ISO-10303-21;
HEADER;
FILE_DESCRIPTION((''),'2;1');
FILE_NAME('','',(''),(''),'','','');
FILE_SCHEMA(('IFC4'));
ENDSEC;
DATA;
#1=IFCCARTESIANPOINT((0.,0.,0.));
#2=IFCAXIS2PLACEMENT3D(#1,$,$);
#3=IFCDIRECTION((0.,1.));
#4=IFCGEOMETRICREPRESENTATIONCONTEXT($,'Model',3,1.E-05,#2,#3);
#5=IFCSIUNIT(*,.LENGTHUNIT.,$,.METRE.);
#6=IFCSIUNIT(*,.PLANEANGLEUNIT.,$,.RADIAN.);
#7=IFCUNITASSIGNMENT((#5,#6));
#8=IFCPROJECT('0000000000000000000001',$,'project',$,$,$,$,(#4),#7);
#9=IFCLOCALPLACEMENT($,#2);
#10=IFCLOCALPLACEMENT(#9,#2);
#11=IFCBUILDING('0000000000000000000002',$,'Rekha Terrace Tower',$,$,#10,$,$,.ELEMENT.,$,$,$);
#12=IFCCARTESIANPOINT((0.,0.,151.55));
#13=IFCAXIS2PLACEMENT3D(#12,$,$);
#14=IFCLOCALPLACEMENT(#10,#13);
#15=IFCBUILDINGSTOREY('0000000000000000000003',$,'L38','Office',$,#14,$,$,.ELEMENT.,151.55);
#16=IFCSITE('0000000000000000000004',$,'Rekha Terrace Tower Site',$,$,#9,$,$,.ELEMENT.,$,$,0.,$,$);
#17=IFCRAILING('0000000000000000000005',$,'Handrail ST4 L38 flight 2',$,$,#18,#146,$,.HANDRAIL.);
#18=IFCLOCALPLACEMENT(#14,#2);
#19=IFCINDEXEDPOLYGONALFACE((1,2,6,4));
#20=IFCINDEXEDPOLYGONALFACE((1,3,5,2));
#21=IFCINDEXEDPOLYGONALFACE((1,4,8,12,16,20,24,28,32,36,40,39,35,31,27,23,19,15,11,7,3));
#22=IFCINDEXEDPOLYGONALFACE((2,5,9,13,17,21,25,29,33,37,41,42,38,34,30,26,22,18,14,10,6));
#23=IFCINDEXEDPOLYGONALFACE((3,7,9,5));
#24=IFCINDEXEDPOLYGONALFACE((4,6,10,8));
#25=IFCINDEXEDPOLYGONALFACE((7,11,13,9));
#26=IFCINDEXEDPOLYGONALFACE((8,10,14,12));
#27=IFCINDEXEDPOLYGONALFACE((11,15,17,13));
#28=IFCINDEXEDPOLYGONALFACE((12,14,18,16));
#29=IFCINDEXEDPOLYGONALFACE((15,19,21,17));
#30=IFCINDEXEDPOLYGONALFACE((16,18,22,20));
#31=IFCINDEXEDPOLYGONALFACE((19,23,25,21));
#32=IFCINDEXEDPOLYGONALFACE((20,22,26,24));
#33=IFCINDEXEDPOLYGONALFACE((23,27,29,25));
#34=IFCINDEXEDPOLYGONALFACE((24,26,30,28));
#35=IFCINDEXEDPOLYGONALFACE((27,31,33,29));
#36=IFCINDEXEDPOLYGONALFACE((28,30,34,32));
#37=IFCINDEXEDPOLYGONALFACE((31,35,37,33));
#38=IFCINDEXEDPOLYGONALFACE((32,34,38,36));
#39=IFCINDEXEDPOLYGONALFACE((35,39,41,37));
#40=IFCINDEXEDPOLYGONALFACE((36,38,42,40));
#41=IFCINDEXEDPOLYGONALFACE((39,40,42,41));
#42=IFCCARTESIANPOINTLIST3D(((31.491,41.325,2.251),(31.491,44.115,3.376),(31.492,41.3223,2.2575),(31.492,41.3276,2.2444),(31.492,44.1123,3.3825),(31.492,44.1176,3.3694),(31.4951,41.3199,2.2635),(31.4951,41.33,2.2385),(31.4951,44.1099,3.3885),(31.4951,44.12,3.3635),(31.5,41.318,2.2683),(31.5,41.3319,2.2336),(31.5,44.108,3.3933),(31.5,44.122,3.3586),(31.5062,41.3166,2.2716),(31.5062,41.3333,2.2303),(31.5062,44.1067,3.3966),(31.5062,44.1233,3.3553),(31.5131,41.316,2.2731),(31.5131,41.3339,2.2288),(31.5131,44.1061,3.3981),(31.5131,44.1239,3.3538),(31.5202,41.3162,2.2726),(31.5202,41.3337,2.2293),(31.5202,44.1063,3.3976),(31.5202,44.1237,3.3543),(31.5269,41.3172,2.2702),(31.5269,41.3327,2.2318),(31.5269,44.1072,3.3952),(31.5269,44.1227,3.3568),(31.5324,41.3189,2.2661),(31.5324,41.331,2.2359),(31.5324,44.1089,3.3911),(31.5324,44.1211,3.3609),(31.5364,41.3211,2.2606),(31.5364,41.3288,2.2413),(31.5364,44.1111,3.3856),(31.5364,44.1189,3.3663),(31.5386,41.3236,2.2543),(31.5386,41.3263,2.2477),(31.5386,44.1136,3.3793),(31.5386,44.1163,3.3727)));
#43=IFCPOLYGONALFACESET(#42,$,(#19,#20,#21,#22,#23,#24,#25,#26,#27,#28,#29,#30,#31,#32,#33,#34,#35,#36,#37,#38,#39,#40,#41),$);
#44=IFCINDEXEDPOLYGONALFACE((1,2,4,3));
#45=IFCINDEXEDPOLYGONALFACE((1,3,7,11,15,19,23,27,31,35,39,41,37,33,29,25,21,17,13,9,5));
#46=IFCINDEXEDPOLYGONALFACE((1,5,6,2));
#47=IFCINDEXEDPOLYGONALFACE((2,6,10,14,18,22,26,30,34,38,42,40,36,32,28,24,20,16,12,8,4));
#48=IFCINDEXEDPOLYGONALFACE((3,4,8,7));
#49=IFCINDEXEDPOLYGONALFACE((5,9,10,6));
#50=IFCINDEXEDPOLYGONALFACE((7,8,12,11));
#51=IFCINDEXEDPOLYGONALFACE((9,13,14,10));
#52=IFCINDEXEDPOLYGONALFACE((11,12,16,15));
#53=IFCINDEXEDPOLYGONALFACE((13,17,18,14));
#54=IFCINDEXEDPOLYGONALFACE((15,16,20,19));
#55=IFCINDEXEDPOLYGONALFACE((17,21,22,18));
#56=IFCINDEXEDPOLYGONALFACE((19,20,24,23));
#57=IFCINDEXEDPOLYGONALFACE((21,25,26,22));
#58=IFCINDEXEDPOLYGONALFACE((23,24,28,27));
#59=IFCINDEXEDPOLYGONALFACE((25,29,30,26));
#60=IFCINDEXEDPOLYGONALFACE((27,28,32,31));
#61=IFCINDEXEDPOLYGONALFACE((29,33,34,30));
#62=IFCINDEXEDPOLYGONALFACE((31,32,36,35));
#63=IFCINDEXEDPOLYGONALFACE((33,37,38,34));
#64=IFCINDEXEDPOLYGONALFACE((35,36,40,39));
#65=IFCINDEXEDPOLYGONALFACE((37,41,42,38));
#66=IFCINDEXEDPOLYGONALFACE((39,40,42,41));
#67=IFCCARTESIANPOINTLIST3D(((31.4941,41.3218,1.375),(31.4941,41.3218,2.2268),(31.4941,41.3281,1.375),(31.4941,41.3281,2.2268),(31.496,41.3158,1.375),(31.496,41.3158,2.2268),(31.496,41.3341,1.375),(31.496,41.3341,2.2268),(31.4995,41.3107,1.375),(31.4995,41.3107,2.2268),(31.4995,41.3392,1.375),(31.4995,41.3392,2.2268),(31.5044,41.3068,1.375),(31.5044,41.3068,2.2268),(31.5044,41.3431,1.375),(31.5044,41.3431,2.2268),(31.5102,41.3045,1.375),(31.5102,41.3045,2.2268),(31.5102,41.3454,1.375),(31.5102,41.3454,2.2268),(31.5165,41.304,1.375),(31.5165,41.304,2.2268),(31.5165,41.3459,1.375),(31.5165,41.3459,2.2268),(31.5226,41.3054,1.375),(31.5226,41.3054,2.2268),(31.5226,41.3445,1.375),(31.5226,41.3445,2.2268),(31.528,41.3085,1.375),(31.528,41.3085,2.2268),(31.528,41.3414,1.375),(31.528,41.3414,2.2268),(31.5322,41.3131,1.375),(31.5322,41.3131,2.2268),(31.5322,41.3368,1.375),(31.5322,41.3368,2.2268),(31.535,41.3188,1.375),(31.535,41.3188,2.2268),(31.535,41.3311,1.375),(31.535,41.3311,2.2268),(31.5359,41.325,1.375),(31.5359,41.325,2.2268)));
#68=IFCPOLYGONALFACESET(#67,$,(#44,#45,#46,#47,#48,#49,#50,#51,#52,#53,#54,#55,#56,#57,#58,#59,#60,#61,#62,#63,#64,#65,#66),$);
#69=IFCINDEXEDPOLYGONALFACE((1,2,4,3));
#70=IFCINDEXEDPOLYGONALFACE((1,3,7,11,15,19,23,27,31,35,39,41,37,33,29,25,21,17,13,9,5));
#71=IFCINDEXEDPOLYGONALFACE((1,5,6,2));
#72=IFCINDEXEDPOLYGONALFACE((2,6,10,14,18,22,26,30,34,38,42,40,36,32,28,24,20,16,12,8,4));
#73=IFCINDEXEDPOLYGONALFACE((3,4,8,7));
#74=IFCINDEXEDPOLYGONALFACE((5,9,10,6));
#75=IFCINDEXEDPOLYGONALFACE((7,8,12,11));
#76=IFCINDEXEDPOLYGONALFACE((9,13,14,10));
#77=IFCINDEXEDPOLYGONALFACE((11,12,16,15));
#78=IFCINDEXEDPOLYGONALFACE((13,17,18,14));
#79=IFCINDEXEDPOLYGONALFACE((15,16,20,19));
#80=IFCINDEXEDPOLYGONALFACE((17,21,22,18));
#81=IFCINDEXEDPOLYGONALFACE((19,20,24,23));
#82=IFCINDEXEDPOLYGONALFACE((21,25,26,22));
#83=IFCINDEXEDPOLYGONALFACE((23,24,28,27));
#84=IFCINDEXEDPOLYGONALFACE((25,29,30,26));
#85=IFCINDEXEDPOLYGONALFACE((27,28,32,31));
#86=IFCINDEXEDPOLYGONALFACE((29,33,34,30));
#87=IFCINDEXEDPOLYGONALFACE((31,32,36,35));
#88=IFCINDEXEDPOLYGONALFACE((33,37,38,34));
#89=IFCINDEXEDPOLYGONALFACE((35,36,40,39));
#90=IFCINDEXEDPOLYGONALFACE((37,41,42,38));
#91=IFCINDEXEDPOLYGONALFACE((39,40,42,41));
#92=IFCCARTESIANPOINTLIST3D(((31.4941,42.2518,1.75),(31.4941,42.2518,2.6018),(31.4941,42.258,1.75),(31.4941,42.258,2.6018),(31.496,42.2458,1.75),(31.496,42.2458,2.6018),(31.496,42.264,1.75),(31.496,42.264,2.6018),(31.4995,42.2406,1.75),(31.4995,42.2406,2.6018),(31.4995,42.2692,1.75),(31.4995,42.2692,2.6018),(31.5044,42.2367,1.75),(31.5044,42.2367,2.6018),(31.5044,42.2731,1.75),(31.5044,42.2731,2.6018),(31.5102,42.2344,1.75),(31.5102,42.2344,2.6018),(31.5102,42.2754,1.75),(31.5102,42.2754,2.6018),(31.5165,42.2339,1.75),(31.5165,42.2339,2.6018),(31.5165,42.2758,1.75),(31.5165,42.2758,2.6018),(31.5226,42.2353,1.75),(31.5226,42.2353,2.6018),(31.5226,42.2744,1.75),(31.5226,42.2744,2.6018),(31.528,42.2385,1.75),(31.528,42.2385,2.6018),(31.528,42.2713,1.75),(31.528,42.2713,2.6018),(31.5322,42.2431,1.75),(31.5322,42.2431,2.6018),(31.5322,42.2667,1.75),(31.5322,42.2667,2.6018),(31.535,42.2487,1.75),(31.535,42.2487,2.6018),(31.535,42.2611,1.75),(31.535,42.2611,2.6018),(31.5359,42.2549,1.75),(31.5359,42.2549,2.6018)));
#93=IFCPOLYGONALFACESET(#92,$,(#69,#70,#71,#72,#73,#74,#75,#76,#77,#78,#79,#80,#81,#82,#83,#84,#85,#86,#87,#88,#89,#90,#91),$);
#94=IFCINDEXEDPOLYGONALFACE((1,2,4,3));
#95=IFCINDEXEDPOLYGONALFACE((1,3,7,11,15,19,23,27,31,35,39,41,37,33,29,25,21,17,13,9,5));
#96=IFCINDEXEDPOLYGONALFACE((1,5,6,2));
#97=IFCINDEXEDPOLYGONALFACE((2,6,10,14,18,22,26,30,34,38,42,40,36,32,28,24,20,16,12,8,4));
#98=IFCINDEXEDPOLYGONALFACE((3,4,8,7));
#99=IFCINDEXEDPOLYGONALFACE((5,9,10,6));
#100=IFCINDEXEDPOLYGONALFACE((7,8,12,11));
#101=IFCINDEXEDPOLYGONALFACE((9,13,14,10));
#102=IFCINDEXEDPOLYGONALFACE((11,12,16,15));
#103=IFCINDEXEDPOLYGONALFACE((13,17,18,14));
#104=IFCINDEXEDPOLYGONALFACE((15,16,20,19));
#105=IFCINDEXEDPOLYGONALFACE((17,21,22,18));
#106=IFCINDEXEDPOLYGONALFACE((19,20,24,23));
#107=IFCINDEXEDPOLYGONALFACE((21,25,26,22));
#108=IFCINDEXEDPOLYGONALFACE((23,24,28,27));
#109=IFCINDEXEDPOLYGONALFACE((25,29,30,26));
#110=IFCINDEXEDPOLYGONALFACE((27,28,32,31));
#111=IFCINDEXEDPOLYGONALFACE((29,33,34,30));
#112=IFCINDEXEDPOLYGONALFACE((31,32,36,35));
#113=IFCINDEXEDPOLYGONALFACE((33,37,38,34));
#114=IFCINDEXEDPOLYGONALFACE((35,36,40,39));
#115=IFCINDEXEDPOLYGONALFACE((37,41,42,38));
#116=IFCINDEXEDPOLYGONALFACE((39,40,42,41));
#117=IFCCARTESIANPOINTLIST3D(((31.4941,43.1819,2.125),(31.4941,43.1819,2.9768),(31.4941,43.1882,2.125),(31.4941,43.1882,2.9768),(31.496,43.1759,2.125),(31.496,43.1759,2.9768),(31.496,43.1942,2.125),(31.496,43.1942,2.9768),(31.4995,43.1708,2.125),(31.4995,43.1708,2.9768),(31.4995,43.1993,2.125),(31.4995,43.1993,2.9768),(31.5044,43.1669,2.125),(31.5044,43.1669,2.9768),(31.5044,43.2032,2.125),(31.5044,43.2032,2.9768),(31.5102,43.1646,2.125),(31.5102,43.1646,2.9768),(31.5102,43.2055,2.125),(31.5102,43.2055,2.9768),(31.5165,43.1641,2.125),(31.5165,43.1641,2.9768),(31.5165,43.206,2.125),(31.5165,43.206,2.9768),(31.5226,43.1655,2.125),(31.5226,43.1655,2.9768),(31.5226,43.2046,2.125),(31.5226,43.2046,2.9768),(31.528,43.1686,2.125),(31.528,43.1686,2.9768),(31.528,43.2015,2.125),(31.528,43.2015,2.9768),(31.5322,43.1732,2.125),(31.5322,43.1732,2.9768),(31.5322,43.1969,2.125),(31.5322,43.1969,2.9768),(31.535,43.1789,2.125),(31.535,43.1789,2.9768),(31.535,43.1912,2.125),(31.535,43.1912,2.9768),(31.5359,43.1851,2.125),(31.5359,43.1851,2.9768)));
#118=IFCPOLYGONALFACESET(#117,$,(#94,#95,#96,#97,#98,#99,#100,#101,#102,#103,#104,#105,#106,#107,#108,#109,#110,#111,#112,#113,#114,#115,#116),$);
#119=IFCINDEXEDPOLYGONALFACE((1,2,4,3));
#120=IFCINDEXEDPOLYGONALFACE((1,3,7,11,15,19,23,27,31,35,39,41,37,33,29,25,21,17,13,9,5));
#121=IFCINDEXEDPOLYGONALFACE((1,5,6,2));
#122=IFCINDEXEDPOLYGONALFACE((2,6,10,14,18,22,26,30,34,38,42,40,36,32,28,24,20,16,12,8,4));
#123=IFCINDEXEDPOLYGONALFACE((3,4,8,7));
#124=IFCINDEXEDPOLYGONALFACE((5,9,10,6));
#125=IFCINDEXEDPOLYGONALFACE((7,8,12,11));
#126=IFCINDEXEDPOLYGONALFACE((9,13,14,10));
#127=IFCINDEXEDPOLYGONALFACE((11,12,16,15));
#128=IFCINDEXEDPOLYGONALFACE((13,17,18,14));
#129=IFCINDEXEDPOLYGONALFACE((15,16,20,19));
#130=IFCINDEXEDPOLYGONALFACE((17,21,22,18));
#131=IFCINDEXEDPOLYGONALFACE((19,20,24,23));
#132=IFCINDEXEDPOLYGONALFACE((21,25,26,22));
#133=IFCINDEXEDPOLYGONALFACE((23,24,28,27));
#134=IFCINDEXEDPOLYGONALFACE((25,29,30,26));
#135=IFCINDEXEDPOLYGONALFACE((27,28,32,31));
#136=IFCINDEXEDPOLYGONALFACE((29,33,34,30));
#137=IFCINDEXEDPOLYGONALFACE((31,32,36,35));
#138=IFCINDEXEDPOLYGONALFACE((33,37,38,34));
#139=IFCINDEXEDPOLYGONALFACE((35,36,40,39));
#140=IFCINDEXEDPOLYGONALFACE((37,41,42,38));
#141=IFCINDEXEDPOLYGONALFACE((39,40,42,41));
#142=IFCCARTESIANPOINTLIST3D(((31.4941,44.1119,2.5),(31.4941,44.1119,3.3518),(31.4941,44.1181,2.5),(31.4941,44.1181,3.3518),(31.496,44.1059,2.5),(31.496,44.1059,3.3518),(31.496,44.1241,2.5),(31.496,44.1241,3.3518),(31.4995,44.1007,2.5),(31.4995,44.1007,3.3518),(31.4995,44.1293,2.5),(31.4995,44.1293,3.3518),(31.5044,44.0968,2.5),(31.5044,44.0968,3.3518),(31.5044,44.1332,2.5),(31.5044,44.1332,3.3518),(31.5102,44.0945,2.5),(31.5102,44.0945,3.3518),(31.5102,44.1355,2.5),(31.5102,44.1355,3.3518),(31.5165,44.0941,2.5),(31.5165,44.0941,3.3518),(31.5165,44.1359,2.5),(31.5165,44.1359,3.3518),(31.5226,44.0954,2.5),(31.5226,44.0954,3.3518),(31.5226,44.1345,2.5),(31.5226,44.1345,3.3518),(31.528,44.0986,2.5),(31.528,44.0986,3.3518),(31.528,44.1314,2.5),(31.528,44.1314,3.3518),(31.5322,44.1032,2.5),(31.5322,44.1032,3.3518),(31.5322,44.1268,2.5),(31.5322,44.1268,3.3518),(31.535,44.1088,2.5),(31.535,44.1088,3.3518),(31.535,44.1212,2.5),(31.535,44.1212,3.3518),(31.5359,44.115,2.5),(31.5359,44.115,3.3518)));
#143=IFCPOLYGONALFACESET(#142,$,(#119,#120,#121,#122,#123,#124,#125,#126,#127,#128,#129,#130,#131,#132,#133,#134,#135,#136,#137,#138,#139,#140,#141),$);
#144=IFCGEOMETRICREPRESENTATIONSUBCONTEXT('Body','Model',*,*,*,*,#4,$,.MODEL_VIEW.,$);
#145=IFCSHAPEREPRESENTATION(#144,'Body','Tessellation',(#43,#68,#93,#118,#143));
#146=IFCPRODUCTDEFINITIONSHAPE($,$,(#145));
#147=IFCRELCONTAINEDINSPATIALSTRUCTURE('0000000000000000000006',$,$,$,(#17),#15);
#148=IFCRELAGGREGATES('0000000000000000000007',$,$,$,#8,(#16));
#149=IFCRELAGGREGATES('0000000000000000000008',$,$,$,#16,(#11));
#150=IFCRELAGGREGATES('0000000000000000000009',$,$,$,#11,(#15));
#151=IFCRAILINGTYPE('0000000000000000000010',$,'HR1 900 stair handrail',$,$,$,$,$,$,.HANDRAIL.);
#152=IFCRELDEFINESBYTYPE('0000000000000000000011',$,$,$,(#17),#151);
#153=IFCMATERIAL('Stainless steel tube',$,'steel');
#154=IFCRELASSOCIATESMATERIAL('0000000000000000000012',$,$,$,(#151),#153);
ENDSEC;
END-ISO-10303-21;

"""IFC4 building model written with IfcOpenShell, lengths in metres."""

from ifc_helpers import new_model, si_unit, direction, frame, origin, origin_2d, place, context, subcontext, project, spatial, circle, extrude, material, type_object, element, save


model = new_model("IFC4")

# Units and contexts
model_context = context("Model", 3, precision=1e-05, world=origin(), true_north=direction((0.0, 1.0)))
body_context = subcontext(model_context, "Body", "Model", "MODEL_VIEW")
ifc_project = project(units=[si_unit("LENGTHUNIT", "METRE"), si_unit("PLANEANGLEUNIT", "RADIAN")], contexts=[model_context])

# Site, building, storey
site_placement = place(None, origin())
site = spatial("IfcSite", under=ifc_project, at=site_placement, Name="Rekha Terrace Tower Site", CompositionType="ELEMENT", RefElevation=0.0)
building_placement = place(site_placement, origin())
building = spatial("IfcBuilding", under=site, at=building_placement, Name="Rekha Terrace Tower", CompositionType="ELEMENT")
storey_placement = place(building_placement, frame((0.0, 0.0, 151.55)))
storey = spatial("IfcBuildingStorey", under=building, at=storey_placement, Name="L38", Description="Office", CompositionType="ELEMENT", Elevation=151.55)

# Railing
ifc_material_1 = material(Name="Stainless steel tube", Category="steel")
railing_type_1 = type_object("IfcRailingType", Name="HR1 900 stair handrail", PredefinedType="HANDRAIL", material=ifc_material_1)
railing_1_placement = place(storey_placement, frame((31.5149, 41.325, 1.375)))
element("IfcRailing", 1, at=railing_1_placement, inside=storey, type_object=railing_type_1, Name="Handrail ST4 L38 flight 2", PredefinedType="HANDRAIL", context=body_context, shape_type="SweptSolid", body=[
    extrude(circle(Radius=0.0239, at=origin_2d()), frame((0.0, 0.0, 0.876), z_axis=(0.0, 0.927443, 0.373964), x_axis=(-1.0, 0.0, 0.0)), (0.0, 0.0, 1.0), 3.0083),
    extrude(circle(Radius=0.021, at=origin_2d()), origin(), (0.0, 0.0, 1.0), 0.8518),
    extrude(circle(Radius=0.021, at=origin_2d()), frame((0.0, 0.9299, 0.375)), (0.0, 0.0, 1.0), 0.8518),
    extrude(circle(Radius=0.021, at=origin_2d()), frame((0.0, 1.8601, 0.75)), (0.0, 0.0, 1.0), 0.8518),
    extrude(circle(Radius=0.021, at=origin_2d()), frame((0.0, 2.79, 1.125)), (0.0, 0.0, 1.0), 0.8518),
])

save(model, "model.ifc")
